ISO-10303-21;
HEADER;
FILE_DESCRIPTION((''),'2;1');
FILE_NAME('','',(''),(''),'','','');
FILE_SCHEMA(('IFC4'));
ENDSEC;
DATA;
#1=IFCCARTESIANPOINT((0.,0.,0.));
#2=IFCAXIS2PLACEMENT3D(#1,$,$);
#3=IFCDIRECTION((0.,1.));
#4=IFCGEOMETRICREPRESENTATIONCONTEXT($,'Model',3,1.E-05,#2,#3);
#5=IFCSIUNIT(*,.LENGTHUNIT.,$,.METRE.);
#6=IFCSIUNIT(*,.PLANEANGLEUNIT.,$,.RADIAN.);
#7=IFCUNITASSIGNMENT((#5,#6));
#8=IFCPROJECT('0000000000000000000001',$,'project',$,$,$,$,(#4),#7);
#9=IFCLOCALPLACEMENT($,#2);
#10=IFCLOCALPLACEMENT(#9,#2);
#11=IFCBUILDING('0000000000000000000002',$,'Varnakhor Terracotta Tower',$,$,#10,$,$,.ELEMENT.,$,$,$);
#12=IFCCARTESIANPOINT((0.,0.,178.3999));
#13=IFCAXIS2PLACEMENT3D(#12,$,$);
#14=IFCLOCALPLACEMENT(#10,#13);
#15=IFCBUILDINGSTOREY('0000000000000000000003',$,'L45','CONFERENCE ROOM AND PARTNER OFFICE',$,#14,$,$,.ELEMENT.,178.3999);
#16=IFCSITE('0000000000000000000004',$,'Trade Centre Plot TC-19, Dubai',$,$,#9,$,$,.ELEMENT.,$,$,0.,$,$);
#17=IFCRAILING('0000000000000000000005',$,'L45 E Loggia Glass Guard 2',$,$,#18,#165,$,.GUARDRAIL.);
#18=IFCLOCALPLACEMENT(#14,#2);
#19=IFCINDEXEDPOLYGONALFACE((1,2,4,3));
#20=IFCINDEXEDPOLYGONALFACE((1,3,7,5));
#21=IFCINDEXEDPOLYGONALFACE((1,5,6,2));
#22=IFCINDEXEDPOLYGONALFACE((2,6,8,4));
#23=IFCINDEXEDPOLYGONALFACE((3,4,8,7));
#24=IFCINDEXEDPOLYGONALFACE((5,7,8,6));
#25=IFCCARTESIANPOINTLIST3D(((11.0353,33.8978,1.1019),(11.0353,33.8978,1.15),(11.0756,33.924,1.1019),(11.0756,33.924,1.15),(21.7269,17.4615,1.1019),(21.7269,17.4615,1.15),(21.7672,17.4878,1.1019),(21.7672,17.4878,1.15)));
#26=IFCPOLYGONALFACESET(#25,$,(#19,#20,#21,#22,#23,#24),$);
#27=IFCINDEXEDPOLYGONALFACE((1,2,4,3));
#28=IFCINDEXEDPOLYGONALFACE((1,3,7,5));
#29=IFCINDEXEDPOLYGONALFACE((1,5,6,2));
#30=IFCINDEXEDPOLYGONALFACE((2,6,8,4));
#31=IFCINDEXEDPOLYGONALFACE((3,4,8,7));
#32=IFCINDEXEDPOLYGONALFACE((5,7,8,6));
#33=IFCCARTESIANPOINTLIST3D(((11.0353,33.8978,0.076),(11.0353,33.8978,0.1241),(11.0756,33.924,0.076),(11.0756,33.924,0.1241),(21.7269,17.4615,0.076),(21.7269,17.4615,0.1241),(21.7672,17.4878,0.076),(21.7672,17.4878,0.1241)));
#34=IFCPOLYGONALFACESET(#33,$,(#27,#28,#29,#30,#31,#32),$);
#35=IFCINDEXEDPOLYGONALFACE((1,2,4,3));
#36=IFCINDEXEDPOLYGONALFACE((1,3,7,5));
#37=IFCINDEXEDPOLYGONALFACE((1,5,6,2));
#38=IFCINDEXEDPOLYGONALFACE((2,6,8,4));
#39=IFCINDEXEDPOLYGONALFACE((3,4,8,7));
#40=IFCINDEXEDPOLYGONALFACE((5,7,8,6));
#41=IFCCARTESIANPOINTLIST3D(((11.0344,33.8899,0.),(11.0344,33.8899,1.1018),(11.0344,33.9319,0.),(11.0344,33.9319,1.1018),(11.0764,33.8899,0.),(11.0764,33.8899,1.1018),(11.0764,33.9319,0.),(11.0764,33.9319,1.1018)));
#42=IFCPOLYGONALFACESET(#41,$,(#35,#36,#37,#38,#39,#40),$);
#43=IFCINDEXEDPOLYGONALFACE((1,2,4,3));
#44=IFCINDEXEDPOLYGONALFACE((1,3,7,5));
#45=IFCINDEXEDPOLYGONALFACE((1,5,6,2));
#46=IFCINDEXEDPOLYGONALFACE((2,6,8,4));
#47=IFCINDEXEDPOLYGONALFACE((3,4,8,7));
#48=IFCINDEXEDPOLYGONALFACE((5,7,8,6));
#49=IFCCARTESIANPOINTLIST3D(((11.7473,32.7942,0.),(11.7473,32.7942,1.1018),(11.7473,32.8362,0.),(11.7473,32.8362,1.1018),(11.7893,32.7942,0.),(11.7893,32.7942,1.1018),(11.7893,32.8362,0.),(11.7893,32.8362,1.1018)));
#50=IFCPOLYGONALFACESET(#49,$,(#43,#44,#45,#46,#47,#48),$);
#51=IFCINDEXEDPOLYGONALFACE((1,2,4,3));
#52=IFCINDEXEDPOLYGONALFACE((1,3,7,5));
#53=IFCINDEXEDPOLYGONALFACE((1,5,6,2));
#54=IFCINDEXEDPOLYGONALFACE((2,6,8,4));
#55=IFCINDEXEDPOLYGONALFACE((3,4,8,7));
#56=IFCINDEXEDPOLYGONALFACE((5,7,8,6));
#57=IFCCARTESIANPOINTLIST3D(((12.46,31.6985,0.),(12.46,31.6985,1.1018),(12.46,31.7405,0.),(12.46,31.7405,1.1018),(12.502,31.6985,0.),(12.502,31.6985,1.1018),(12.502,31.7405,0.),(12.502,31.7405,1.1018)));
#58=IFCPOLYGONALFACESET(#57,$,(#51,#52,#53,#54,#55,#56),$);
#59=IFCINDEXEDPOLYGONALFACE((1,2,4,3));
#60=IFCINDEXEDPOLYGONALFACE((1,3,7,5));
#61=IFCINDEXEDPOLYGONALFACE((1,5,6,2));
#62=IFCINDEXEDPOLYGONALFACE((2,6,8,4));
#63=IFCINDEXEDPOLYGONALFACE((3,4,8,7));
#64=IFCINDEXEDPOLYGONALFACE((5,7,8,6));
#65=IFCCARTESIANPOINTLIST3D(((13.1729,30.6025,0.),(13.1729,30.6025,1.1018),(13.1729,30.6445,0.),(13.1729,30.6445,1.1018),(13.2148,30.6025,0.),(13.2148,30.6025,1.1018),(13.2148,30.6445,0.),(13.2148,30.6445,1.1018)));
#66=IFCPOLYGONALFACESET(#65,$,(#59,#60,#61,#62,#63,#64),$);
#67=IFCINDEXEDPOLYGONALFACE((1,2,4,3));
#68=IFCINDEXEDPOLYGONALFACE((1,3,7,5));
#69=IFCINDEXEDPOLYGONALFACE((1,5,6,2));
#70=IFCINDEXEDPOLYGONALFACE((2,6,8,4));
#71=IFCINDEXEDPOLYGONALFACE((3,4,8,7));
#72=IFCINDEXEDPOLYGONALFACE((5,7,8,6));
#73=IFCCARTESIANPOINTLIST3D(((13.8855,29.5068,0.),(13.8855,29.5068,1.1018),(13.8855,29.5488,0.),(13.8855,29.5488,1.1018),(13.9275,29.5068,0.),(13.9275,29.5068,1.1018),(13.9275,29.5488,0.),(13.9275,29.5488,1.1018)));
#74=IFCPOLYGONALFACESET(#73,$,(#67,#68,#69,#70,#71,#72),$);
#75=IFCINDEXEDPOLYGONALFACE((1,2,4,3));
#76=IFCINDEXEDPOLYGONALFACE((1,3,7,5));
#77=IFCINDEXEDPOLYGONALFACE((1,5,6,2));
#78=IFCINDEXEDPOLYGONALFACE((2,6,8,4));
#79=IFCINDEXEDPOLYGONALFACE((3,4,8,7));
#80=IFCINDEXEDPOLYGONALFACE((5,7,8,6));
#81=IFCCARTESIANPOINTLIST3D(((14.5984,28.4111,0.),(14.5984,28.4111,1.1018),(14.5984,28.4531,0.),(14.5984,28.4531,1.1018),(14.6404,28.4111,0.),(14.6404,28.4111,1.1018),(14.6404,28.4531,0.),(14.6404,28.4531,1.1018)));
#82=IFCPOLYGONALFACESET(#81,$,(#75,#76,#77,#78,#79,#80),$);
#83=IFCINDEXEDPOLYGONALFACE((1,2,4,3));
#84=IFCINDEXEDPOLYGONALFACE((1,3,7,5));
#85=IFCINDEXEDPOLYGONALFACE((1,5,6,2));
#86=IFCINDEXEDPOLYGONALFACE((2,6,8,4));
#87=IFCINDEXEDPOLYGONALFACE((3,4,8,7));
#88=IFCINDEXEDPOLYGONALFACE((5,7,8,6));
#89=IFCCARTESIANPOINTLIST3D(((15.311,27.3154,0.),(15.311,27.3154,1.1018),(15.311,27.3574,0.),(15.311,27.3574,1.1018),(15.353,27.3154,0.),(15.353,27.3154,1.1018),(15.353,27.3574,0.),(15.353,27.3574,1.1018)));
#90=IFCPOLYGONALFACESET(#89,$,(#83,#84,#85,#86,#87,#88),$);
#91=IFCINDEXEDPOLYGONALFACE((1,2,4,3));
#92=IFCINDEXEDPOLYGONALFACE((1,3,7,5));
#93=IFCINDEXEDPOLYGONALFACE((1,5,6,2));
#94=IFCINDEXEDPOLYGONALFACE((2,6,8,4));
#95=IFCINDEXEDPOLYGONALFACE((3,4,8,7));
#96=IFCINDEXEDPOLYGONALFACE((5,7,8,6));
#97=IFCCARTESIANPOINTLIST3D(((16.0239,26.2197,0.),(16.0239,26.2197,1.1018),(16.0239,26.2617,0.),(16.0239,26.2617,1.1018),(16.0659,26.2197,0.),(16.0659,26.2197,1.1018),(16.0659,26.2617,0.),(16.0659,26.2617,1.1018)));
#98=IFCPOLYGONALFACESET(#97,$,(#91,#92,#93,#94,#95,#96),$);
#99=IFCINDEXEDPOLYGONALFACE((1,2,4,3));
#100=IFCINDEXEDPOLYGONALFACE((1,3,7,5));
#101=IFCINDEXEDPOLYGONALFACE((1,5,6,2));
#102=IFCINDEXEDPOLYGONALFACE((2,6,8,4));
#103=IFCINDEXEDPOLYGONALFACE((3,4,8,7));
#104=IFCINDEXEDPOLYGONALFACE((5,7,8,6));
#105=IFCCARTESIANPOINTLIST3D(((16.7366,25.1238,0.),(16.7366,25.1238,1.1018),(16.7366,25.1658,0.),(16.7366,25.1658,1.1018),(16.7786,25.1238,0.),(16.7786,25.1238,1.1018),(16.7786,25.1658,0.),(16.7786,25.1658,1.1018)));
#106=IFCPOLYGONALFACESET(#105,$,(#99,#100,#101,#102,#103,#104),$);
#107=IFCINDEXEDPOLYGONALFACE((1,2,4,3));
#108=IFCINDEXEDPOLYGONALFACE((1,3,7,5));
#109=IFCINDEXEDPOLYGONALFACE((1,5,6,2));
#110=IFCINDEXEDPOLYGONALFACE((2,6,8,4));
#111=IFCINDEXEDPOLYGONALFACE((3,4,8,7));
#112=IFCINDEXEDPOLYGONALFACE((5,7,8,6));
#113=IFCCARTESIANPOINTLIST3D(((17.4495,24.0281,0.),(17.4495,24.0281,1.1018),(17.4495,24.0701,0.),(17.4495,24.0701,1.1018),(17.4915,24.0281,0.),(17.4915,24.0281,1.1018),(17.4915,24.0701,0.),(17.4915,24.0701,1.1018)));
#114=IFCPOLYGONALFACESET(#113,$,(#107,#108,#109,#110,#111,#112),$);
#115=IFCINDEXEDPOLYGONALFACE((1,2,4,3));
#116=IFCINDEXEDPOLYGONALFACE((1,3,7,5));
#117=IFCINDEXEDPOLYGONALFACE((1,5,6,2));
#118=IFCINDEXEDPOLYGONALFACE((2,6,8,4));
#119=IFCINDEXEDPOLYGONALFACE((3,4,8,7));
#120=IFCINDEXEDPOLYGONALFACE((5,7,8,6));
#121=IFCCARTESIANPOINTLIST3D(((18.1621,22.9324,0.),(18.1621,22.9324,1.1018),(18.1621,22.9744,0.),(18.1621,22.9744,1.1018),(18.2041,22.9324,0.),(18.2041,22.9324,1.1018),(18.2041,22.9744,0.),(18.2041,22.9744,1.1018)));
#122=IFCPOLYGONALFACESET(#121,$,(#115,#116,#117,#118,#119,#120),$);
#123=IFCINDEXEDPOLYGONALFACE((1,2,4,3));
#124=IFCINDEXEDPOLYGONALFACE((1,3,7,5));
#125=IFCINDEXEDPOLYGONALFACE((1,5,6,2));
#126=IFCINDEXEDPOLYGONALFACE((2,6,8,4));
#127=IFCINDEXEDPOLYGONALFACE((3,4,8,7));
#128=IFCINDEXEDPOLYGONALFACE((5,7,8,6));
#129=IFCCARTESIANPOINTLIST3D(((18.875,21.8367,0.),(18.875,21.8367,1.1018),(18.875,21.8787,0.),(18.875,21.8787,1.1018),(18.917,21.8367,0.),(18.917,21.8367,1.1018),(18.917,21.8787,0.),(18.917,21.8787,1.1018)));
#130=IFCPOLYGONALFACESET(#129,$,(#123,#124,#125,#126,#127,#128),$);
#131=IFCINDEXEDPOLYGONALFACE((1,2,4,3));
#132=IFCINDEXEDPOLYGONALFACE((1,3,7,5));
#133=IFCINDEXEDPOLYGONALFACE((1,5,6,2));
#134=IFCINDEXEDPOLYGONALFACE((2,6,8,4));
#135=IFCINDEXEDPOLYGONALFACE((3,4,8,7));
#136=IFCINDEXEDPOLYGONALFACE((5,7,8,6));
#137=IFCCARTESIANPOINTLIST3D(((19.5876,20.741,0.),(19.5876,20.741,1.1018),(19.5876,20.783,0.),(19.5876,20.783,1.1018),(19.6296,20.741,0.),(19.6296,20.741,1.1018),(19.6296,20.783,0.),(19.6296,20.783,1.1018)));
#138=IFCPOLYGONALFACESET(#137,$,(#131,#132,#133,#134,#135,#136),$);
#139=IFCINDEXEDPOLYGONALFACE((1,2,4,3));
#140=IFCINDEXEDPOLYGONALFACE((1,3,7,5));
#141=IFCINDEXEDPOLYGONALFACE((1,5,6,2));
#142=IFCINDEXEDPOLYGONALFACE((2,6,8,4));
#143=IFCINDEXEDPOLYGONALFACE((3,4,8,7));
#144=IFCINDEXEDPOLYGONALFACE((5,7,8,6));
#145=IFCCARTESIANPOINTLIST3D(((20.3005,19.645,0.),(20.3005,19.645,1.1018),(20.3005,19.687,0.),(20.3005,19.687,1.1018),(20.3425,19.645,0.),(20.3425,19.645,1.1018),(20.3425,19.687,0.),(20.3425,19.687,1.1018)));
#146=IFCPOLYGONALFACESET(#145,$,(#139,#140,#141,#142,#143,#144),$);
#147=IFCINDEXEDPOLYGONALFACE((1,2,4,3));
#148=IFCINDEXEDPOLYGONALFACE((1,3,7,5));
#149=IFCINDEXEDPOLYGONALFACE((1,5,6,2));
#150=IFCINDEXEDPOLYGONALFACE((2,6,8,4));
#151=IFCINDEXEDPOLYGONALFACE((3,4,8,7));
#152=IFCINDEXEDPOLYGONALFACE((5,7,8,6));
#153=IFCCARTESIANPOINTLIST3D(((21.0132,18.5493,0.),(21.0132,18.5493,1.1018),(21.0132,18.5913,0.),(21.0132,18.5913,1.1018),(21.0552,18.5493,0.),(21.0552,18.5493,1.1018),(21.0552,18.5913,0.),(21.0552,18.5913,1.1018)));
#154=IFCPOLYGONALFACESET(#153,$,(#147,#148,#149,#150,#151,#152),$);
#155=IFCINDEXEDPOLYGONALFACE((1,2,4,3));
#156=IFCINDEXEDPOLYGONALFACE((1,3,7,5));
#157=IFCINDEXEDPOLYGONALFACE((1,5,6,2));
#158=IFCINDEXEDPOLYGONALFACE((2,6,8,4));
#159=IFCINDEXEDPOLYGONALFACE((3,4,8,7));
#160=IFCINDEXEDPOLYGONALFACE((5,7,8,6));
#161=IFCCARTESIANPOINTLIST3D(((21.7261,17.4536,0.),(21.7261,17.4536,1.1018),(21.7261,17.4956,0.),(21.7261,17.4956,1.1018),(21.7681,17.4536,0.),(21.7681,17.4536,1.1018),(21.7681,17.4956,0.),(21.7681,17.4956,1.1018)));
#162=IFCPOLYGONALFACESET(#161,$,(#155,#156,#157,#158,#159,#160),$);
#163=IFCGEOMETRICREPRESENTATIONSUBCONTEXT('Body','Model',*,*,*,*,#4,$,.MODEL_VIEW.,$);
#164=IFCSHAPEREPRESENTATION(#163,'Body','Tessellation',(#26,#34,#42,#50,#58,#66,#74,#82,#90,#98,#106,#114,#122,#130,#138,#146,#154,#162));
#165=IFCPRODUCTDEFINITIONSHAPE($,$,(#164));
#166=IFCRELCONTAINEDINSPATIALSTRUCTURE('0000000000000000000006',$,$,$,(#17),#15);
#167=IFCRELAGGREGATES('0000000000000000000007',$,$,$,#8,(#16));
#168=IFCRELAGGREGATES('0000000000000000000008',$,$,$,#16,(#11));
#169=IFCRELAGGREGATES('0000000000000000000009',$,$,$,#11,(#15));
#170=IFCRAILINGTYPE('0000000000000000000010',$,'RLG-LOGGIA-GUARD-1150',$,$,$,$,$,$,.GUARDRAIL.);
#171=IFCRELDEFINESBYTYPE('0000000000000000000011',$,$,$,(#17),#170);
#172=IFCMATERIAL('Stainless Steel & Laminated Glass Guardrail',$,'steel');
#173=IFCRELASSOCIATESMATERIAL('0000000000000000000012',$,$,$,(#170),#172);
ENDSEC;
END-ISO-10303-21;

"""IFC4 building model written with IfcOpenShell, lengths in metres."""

from ifc_helpers import new_model, si_unit, direction, frame, origin, origin_2d, place, context, subcontext, project, spatial, rectangle, extrude, material, type_object, element, save


model = new_model("IFC4")

# Units and contexts
model_context = context("Model", 3, precision=1e-05, world=origin(), true_north=direction((0.0, 1.0)))
body_context = subcontext(model_context, "Body", "Model", "MODEL_VIEW")
ifc_project = project(units=[si_unit("LENGTHUNIT", "METRE"), si_unit("PLANEANGLEUNIT", "RADIAN")], contexts=[model_context])

# Site, building, storey
site_placement = place(None, origin())
site = spatial("IfcSite", under=ifc_project, at=site_placement, Name="Trade Centre Plot TC-19, Dubai", CompositionType="ELEMENT", RefElevation=0.0)
building_placement = place(site_placement, origin())
building = spatial("IfcBuilding", under=site, at=building_placement, Name="Varnakhor Terracotta Tower", CompositionType="ELEMENT")
storey_placement = place(building_placement, frame((0.0, 0.0, 178.3999)))
storey = spatial("IfcBuildingStorey", under=building, at=storey_placement, Name="L45", Description="CONFERENCE ROOM AND PARTNER OFFICE", CompositionType="ELEMENT", Elevation=178.3999)

# Railing
ifc_material_1 = material(Name="Stainless Steel & Laminated Glass Guardrail", Category="steel")
railing_type = type_object("IfcRailingType", Name="RLG-LOGGIA-GUARD-1150", PredefinedType="GUARDRAIL", material=ifc_material_1)
railing_1_placement = place(storey_placement, frame((11.0554, 33.9109, 0.0)))
element("IfcRailing", 1, at=railing_1_placement, inside=storey, type_object=railing_type, Name="L45 E Loggia Glass Guard 2", PredefinedType="GUARDRAIL", context=body_context, shape_type="SweptSolid", body=[
    extrude(rectangle(XDim=0.0481, YDim=0.0481, at=origin_2d()), frame((0.0, 0.0, 1.126), z_axis=(0.545278, -0.838256, 0.0), x_axis=(0.838256, 0.545278, 0.0)), (0.0, 0.0, 1.0), 19.6077),
    extrude(rectangle(XDim=0.0481, YDim=0.0481, at=origin_2d()), frame((0.0, 0.0, 0.1001), z_axis=(0.545278, -0.838256, 0.0), x_axis=(0.838256, 0.545278, 0.0)), (0.0, 0.0, 1.0), 19.6077),
    extrude(rectangle(XDim=0.042, YDim=0.042, at=origin_2d()), origin(), (0.0, 0.0, 1.0), 1.1018),
    extrude(rectangle(XDim=0.042, YDim=0.042, at=origin_2d()), frame((0.7129, -1.0957, 0.0)), (0.0, 0.0, 1.0), 1.1018),
    extrude(rectangle(XDim=0.042, YDim=0.042, at=origin_2d()), frame((1.4255, -2.1914, 0.0)), (0.0, 0.0, 1.0), 1.1018),
    extrude(rectangle(XDim=0.042, YDim=0.042, at=origin_2d()), frame((2.1384, -3.2874, 0.0)), (0.0, 0.0, 1.0), 1.1018),
    extrude(rectangle(XDim=0.042, YDim=0.042, at=origin_2d()), frame((2.8511, -4.3831, 0.0)), (0.0, 0.0, 1.0), 1.1018),
    extrude(rectangle(XDim=0.042, YDim=0.042, at=origin_2d()), frame((3.564, -5.4788, 0.0)), (0.0, 0.0, 1.0), 1.1018),
    extrude(rectangle(XDim=0.042, YDim=0.042, at=origin_2d()), frame((4.2766, -6.5745, 0.0)), (0.0, 0.0, 1.0), 1.1018),
    extrude(rectangle(XDim=0.042, YDim=0.042, at=origin_2d()), frame((4.9895, -7.6702, 0.0)), (0.0, 0.0, 1.0), 1.1018),
    extrude(rectangle(XDim=0.042, YDim=0.042, at=origin_2d()), frame((5.7021, -8.7661, 0.0)), (0.0, 0.0, 1.0), 1.1018),
    extrude(rectangle(XDim=0.042, YDim=0.042, at=origin_2d()), frame((6.415, -9.8618, 0.0)), (0.0, 0.0, 1.0), 1.1018),
    extrude(rectangle(XDim=0.042, YDim=0.042, at=origin_2d()), frame((7.1277, -10.9575, 0.0)), (0.0, 0.0, 1.0), 1.1018),
    extrude(rectangle(XDim=0.042, YDim=0.042, at=origin_2d()), frame((7.8406, -12.0532, 0.0)), (0.0, 0.0, 1.0), 1.1018),
    extrude(rectangle(XDim=0.042, YDim=0.042, at=origin_2d()), frame((8.5532, -13.1489, 0.0)), (0.0, 0.0, 1.0), 1.1018),
    extrude(rectangle(XDim=0.042, YDim=0.042, at=origin_2d()), frame((9.2661, -14.2449, 0.0)), (0.0, 0.0, 1.0), 1.1018),
    extrude(rectangle(XDim=0.042, YDim=0.042, at=origin_2d()), frame((9.9788, -15.3406, 0.0)), (0.0, 0.0, 1.0), 1.1018),
    extrude(rectangle(XDim=0.042, YDim=0.042, at=origin_2d()), frame((10.6917, -16.4363, 0.0)), (0.0, 0.0, 1.0), 1.1018),
])

save(model, "model.ifc")
